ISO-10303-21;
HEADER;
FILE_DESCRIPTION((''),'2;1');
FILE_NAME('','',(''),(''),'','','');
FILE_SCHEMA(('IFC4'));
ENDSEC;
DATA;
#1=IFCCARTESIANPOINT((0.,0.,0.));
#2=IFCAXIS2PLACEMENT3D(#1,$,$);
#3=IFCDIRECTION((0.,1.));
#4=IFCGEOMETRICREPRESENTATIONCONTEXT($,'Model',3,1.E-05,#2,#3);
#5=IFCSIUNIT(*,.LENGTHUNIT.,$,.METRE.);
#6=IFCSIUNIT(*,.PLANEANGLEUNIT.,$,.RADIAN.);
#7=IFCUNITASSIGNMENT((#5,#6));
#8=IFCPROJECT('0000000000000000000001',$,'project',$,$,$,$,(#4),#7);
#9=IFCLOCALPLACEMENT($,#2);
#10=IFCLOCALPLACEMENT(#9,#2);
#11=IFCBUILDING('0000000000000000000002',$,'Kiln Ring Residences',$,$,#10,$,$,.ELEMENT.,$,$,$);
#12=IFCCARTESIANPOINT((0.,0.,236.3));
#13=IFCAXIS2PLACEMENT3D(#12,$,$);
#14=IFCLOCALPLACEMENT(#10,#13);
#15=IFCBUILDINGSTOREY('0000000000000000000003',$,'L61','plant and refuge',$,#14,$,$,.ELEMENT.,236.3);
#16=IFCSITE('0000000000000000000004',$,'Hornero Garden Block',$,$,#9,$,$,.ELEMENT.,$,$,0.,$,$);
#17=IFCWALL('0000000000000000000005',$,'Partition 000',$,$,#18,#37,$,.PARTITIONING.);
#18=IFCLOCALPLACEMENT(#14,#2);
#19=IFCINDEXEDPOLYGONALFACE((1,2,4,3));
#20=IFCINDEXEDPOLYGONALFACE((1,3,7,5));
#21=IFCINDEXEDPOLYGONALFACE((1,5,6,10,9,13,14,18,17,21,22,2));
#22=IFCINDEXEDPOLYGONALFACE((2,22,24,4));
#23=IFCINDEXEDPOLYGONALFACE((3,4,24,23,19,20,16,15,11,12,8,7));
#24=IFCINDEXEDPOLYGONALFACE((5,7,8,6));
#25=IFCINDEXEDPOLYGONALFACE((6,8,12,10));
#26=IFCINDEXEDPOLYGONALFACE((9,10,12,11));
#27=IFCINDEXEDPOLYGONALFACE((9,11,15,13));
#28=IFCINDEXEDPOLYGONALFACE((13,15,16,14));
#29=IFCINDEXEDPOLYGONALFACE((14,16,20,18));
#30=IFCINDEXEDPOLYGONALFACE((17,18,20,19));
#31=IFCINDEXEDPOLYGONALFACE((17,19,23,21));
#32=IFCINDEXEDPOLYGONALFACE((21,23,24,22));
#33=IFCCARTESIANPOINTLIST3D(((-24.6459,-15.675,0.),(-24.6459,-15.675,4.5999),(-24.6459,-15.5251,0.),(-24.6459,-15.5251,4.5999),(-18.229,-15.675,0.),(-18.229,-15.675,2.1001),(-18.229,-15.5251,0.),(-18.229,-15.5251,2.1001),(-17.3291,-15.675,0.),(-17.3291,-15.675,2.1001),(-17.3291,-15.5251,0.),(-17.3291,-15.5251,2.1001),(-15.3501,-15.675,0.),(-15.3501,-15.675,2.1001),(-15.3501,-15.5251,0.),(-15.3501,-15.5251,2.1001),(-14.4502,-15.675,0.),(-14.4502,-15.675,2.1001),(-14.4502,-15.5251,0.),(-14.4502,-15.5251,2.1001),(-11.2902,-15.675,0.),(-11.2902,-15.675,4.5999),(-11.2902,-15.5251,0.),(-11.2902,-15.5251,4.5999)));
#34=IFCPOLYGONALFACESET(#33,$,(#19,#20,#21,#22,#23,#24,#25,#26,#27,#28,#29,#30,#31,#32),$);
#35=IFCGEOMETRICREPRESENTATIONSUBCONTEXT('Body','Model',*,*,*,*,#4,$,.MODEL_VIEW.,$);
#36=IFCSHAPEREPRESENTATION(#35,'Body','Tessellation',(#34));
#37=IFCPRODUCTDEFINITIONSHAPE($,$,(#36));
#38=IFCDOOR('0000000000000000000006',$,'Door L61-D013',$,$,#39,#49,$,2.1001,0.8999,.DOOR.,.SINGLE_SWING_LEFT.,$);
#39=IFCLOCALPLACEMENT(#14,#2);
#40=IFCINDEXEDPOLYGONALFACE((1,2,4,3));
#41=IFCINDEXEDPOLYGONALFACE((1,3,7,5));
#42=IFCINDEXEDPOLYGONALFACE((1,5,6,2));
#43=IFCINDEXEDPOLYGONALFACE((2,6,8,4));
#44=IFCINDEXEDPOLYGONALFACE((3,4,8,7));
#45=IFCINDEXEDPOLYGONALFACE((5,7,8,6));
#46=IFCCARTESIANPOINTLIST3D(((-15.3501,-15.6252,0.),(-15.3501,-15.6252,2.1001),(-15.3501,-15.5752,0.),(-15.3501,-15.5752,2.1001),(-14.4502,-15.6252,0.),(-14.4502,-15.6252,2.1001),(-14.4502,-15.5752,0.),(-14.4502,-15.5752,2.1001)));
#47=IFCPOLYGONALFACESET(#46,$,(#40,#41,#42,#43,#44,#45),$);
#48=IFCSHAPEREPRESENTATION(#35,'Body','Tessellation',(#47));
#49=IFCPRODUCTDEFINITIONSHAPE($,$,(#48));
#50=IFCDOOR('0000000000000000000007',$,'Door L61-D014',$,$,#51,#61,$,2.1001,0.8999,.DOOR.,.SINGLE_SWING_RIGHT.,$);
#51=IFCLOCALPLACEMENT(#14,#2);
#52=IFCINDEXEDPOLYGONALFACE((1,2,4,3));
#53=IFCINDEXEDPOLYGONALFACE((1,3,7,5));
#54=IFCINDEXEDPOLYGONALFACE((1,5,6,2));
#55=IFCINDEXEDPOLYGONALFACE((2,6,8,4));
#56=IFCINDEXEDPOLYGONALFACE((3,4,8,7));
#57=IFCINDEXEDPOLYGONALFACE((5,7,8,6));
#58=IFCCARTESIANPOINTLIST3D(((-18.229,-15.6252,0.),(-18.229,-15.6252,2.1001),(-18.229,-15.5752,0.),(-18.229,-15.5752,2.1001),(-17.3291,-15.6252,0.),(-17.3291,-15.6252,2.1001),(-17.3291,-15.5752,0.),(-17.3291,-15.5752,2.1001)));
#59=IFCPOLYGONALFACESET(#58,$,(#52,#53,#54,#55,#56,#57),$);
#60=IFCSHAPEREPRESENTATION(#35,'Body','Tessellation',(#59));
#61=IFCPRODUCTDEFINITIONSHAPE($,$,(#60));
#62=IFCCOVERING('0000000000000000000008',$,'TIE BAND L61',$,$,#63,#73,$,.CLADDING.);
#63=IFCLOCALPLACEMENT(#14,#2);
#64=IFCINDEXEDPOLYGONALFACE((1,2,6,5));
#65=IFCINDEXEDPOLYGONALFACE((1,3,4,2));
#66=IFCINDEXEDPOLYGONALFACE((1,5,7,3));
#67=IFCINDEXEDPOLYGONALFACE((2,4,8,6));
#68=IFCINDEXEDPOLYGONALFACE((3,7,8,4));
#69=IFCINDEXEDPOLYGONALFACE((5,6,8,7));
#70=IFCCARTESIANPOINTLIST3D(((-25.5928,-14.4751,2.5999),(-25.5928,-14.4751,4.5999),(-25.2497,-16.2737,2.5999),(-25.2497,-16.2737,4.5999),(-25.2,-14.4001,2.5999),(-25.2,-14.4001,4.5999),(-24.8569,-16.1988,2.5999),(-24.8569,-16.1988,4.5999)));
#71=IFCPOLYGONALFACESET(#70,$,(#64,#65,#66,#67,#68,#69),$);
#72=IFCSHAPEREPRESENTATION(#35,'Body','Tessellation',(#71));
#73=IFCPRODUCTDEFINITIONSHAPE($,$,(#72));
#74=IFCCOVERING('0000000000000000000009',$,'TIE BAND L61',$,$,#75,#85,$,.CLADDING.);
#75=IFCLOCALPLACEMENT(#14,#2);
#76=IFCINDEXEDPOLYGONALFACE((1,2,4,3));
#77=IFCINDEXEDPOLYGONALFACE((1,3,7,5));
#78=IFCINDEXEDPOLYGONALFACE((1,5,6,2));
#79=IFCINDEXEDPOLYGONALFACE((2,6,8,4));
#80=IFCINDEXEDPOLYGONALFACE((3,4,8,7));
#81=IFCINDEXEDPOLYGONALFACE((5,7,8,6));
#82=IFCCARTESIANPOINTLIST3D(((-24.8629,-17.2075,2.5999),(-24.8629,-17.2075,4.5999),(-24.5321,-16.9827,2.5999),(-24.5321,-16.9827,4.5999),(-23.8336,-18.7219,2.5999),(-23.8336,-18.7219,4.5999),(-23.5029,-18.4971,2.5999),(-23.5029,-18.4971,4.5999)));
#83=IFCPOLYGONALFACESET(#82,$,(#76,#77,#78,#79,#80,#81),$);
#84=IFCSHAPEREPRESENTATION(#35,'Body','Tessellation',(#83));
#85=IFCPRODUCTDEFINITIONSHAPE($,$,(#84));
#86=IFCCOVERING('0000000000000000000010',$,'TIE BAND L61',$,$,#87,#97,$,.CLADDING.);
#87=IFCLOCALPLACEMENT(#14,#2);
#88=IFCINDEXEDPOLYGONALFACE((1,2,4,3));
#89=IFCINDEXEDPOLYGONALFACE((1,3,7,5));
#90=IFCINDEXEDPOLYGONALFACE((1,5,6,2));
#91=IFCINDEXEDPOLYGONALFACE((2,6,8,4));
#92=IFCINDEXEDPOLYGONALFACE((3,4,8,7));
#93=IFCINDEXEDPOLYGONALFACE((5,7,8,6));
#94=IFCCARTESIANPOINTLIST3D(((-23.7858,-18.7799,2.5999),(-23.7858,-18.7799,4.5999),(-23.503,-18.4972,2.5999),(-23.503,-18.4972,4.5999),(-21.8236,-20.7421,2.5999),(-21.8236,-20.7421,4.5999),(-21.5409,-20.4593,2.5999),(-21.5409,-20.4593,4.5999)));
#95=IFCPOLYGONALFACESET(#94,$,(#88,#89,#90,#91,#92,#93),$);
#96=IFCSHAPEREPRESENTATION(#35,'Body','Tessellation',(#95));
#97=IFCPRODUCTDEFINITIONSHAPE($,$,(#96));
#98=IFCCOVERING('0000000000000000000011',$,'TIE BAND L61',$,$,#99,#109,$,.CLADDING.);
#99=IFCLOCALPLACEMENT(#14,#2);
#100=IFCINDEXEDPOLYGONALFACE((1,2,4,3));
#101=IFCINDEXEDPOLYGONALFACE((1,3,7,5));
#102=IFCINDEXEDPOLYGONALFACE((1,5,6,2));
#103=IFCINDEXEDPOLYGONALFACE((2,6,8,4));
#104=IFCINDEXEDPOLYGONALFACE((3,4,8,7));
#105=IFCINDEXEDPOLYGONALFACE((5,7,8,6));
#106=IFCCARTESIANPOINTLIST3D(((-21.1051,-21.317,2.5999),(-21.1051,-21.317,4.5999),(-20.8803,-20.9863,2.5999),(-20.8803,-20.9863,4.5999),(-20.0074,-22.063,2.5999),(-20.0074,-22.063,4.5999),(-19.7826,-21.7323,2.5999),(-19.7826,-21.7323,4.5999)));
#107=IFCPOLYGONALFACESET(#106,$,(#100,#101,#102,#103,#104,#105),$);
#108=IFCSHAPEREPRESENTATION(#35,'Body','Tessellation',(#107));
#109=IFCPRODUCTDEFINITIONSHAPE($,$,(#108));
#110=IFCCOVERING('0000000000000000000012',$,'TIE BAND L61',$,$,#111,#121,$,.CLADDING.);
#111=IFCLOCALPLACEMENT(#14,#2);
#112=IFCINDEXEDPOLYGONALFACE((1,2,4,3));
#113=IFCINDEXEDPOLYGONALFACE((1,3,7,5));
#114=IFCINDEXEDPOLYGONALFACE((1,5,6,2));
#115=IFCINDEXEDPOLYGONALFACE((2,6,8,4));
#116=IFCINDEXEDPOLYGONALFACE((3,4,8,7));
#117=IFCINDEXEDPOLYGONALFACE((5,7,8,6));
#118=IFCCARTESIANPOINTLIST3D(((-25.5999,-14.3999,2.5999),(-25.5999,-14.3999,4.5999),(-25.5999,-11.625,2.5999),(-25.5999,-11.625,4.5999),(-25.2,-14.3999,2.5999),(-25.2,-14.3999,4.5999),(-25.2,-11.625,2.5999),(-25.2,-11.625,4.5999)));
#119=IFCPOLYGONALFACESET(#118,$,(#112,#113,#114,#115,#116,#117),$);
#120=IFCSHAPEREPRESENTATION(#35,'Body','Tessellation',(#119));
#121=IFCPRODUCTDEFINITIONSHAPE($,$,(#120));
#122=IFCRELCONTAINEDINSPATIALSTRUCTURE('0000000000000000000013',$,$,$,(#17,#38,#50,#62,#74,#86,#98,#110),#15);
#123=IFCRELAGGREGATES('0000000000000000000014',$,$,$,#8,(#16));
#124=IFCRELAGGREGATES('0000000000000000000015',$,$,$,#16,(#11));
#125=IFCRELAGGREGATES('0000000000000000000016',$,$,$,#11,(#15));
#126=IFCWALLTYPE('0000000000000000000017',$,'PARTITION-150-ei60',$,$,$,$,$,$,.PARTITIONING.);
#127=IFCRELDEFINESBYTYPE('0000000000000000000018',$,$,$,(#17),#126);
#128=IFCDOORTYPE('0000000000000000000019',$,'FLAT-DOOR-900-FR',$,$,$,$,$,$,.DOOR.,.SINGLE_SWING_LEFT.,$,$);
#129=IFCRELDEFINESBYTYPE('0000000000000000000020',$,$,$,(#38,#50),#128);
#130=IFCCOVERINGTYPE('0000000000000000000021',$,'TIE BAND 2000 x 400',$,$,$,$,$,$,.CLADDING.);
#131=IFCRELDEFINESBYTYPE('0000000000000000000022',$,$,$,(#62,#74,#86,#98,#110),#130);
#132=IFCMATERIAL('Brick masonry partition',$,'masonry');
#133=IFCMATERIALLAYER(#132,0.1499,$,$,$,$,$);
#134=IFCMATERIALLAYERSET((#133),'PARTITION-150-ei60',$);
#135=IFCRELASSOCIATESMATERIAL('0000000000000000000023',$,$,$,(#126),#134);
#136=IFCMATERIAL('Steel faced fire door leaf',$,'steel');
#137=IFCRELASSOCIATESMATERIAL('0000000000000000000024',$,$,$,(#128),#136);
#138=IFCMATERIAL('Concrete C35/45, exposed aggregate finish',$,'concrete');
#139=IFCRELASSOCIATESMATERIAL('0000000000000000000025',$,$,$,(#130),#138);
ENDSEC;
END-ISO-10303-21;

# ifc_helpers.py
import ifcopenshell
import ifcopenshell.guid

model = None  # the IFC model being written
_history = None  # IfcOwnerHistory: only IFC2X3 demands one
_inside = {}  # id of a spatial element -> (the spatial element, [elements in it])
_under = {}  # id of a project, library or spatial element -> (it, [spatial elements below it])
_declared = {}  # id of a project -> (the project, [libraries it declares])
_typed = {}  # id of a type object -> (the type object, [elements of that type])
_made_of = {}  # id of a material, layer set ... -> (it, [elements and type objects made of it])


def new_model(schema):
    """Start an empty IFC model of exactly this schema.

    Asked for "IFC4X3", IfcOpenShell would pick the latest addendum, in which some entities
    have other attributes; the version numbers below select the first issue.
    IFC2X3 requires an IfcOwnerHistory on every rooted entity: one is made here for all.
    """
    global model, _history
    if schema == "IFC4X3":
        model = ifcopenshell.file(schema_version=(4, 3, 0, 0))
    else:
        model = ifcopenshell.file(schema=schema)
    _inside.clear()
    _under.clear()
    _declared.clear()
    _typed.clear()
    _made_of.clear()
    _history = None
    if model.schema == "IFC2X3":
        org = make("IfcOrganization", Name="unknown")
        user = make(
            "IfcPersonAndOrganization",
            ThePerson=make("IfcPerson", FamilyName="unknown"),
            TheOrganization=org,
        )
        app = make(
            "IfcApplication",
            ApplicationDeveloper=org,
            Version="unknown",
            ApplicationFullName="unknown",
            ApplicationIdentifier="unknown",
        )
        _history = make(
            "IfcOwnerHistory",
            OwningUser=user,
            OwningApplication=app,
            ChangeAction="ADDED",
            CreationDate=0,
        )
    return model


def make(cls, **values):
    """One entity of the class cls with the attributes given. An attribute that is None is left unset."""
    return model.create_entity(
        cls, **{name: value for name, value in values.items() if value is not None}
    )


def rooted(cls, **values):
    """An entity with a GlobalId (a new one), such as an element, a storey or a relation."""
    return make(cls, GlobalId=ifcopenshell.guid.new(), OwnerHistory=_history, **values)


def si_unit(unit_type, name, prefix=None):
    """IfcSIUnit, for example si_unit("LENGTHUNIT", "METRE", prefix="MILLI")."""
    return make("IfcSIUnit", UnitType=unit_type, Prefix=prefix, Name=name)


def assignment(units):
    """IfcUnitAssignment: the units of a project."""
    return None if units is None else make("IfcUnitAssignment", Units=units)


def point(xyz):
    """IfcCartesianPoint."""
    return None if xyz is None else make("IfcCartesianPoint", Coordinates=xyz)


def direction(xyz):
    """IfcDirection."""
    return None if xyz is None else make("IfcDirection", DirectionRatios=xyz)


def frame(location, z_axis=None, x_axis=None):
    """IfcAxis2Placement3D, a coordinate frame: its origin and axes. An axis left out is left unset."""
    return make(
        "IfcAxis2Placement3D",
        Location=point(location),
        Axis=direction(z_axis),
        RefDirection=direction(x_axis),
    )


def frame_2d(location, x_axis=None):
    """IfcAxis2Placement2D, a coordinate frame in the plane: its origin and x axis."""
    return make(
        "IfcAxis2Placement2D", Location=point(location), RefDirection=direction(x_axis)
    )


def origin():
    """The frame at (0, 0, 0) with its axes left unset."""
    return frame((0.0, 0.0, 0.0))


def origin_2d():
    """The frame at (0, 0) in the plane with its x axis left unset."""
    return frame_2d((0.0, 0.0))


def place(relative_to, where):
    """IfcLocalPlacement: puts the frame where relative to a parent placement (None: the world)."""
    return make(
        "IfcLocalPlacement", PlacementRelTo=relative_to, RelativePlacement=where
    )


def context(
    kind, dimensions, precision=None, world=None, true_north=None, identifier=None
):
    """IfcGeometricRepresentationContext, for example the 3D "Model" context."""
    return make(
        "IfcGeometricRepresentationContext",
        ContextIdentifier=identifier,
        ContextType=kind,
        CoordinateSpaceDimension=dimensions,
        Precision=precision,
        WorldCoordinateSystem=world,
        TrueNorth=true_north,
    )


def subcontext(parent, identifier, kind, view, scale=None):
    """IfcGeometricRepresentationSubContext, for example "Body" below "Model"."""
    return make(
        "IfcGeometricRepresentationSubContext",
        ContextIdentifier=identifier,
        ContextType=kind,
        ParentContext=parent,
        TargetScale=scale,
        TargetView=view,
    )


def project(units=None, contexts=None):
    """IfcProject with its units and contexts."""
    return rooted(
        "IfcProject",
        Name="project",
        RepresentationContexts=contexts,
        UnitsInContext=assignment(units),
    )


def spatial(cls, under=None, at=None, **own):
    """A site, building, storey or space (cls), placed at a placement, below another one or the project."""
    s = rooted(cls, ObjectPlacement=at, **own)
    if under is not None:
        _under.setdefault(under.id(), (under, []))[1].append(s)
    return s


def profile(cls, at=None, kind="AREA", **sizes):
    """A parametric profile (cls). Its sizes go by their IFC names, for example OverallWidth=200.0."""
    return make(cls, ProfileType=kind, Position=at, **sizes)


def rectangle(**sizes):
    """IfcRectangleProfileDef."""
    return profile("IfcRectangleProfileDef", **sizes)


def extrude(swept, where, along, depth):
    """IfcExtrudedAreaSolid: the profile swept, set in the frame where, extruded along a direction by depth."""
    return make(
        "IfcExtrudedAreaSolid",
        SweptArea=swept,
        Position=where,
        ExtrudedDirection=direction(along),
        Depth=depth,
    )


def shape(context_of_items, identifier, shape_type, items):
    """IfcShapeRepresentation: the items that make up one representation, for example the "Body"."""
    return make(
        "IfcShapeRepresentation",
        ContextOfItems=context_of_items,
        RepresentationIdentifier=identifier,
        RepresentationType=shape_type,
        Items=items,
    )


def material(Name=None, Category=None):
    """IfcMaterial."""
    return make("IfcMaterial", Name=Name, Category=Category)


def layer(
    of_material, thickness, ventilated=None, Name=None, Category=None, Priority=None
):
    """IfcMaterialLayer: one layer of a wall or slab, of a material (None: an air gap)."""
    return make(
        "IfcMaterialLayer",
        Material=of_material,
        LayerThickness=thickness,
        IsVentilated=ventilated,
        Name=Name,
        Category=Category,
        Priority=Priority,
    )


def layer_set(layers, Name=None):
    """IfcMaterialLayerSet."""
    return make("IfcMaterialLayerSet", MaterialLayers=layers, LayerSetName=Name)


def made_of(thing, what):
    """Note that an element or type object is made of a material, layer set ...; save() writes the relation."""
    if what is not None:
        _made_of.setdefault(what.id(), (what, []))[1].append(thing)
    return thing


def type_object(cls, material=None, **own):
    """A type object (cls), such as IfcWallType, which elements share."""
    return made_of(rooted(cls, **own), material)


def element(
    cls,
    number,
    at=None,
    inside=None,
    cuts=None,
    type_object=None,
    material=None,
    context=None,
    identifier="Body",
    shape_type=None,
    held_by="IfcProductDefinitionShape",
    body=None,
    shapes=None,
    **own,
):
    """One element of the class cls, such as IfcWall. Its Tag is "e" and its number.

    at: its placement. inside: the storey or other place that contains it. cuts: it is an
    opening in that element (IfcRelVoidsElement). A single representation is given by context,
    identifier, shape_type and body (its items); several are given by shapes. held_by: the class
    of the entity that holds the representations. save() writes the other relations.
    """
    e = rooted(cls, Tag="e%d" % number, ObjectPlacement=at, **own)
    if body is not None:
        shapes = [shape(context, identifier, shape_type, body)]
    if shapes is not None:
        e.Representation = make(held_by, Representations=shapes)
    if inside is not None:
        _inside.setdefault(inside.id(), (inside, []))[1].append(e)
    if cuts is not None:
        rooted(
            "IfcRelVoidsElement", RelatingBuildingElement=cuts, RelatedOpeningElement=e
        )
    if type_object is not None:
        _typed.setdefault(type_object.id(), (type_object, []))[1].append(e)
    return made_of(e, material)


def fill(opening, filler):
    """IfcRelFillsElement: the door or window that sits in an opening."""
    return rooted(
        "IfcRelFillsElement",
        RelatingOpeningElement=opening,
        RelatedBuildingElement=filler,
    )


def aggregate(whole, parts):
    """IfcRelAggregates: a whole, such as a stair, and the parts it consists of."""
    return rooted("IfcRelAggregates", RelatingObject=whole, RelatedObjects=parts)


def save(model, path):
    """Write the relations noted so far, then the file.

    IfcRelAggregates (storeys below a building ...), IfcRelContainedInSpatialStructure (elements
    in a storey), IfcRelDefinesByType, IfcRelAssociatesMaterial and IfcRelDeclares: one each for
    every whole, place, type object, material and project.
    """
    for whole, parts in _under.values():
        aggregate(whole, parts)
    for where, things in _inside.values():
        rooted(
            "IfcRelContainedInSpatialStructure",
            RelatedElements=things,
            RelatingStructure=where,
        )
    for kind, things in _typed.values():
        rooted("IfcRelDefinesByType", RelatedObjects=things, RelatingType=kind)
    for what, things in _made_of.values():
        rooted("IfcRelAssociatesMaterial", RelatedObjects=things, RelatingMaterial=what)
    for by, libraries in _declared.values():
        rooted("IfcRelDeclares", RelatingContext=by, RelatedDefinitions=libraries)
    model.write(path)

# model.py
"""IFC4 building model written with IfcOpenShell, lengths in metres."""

from ifc_helpers import new_model, si_unit, direction, frame, frame_2d, origin, origin_2d, place, context, subcontext, project, spatial, rectangle, extrude, material, layer, layer_set, type_object, element, fill, save


model = new_model("IFC4")

# Units and contexts
model_context = context("Model", 3, precision=1e-05, world=origin(), true_north=direction((0.0, 1.0)))
body_context = subcontext(model_context, "Body", "Model", "MODEL_VIEW")
ifc_project = project(units=[si_unit("LENGTHUNIT", "METRE"), si_unit("PLANEANGLEUNIT", "RADIAN")], contexts=[model_context])

# Site, building, storey
site_placement = place(None, origin())
site = spatial("IfcSite", under=ifc_project, at=site_placement, Name="Hornero Garden Block", CompositionType="ELEMENT", RefElevation=0.0)
building_placement = place(site_placement, origin())
building = spatial("IfcBuilding", under=site, at=building_placement, Name="Kiln Ring Residences", CompositionType="ELEMENT")
storey_placement = place(building_placement, frame((0.0, 0.0, 236.3)))
storey = spatial("IfcBuildingStorey", under=building, at=storey_placement, Name="L61", Description="plant and refuge", CompositionType="ELEMENT", Elevation=236.3)

# Wall, openings, doors
ifc_material_1 = material(Name="Brick masonry partition", Category="masonry")
ifc_layer_1 = layer(ifc_material_1, 0.1499)
ifc_layer_set_1 = layer_set([ifc_layer_1], Name="PARTITION-150-ei60")
wall_type_1 = type_object("IfcWallType", Name="PARTITION-150-ei60", PredefinedType="PARTITIONING", material=ifc_layer_set_1)
wall_1_placement = place(storey_placement, frame((-24.6458, -15.6001, 0.0), z_axis=(0.0, 0.0, 1.0), x_axis=(1.0, 0.0, 0.0)))
wall_1 = element("IfcWall", 1, at=wall_1_placement, inside=storey, type_object=wall_type_1, Name="Partition 000", PredefinedType="PARTITIONING", context=body_context, shape_type="SweptSolid", body=[
    extrude(rectangle(XDim=13.3557, YDim=0.1499, at=frame_2d((6.6777, 0.0))), origin(), (0.0, 0.0, 1.0), 4.5999),
])
opening_1_placement = place(wall_1_placement, frame((9.2957, 0.0, 0.0)))
opening_1 = element("IfcOpeningElement", 2, at=opening_1_placement, cuts=wall_1, PredefinedType="OPENING", context=body_context, shape_type="SweptSolid", body=[
    extrude(rectangle(XDim=0.8999, YDim=2.1001, at=frame_2d((0.45, 1.05))), frame((0.0, 0.085, 0.0), z_axis=(0.0, -1.0, 0.0), x_axis=(1.0, 0.0, 0.0)), (0.0, 0.0, 1.0), 0.1699),
])
opening_2_placement = place(wall_1_placement, frame((6.4167, 0.0, 0.0)))
opening_2 = element("IfcOpeningElement", 3, at=opening_2_placement, cuts=wall_1, PredefinedType="OPENING", context=body_context, shape_type="SweptSolid", body=[
    extrude(rectangle(XDim=0.8999, YDim=2.1001, at=frame_2d((0.45, 1.05))), frame((0.0, 0.085, 0.0), z_axis=(0.0, -1.0, 0.0), x_axis=(1.0, 0.0, 0.0)), (0.0, 0.0, 1.0), 0.1699),
])
ifc_material_2 = material(Name="Steel faced fire door leaf", Category="steel")
door_type = type_object("IfcDoorType", Name="FLAT-DOOR-900-FR", OperationType="SINGLE_SWING_LEFT", PredefinedType="DOOR", material=ifc_material_2)
door_1_placement = place(opening_1_placement, origin())
door_1 = element("IfcDoor", 4, at=door_1_placement, inside=storey, type_object=door_type, Name="Door L61-D013", OperationType="SINGLE_SWING_LEFT", OverallHeight=2.1001, OverallWidth=0.8999, PredefinedType="DOOR", context=body_context, shape_type="SweptSolid", body=[
    extrude(rectangle(XDim=0.8999, YDim=2.1001, at=frame_2d((0.45, 1.05))), frame((0.0, 0.0249, 0.0), z_axis=(0.0, -1.0, 0.0), x_axis=(1.0, 0.0, 0.0)), (0.0, 0.0, 1.0), 0.05),
])
fill(opening_1, door_1)
door_2_placement = place(opening_2_placement, origin())
door_2 = element("IfcDoor", 5, at=door_2_placement, inside=storey, type_object=door_type, Name="Door L61-D014", OperationType="SINGLE_SWING_RIGHT", OverallHeight=2.1001, OverallWidth=0.8999, PredefinedType="DOOR", context=body_context, shape_type="SweptSolid", body=[
    extrude(rectangle(XDim=0.8999, YDim=2.1001, at=frame_2d((0.45, 1.05))), frame((0.0, 0.0249, 0.0), z_axis=(0.0, -1.0, 0.0), x_axis=(1.0, 0.0, 0.0)), (0.0, 0.0, 1.0), 0.05),
])
fill(opening_2, door_2)

# Coverings
ifc_material_3 = material(Name="Concrete C35/45, exposed aggregate finish", Category="concrete")
covering_type = type_object("IfcCoveringType", Name="TIE BAND 2000 x 400", PredefinedType="CLADDING", material=ifc_material_3)
for number, where, z_axis, x_axis, name in (
    (6, (-25.2249, -15.3369, 2.5999), (0.0, 0.0, 1.0), (0.187366, -0.98229, 0.0), "TIE BAND L61"),
    (7, (-24.1829, -17.8523, 2.5999), (0.0, 0.0, 1.0), (0.562097, -0.827072, 0.0), "TIE BAND L61"),
):
    element("IfcCovering", number, at=place(storey_placement, frame(where, z_axis=z_axis, x_axis=x_axis)), inside=storey, type_object=covering_type, Name=name, PredefinedType="CLADDING", context=body_context, shape_type="SweptSolid", body=[
        extrude(rectangle(XDim=1.8311, YDim=0.3999, at=origin_2d()), origin(), (0.0, 0.0, 1.0), 2.0),
    ])
covering_1_placement = place(storey_placement, frame((-22.6633, -19.6196, 2.5999), z_axis=(0.0, 0.0, 1.0), x_axis=(0.707107, -0.707107, 0.0)))
element("IfcCovering", 8, at=covering_1_placement, inside=storey, type_object=covering_type, Name="TIE BAND L61", PredefinedType="CLADDING", context=body_context, shape_type="SweptSolid", body=[
    extrude(rectangle(XDim=2.7749, YDim=0.3999, at=origin_2d()), origin(), (0.0, 0.0, 1.0), 2.0),
])
covering_2_placement = place(storey_placement, frame((-20.4438, -21.5247, 2.5999), z_axis=(0.0, 0.0, 1.0), x_axis=(0.827072, -0.562097, 0.0)))
element("IfcCovering", 9, at=covering_2_placement, inside=storey, type_object=covering_type, Name="TIE BAND L61", PredefinedType="CLADDING", context=body_context, shape_type="SweptSolid", body=[
    extrude(rectangle(XDim=1.3271, YDim=0.3999, at=origin_2d()), origin(), (0.0, 0.0, 1.0), 2.0),
])
covering_3_placement = place(storey_placement, frame((-25.3999, -13.0125, 2.5999), z_axis=(0.0, 0.0, 1.0), x_axis=(0.0, -1.0, 0.0)))
element("IfcCovering", 10, at=covering_3_placement, inside=storey, type_object=covering_type, Name="TIE BAND L61", PredefinedType="CLADDING", context=body_context, shape_type="SweptSolid", body=[
    extrude(rectangle(XDim=2.7749, YDim=0.3999, at=origin_2d()), origin(), (0.0, 0.0, 1.0), 2.0),
])

save(model, "model.ifc")
